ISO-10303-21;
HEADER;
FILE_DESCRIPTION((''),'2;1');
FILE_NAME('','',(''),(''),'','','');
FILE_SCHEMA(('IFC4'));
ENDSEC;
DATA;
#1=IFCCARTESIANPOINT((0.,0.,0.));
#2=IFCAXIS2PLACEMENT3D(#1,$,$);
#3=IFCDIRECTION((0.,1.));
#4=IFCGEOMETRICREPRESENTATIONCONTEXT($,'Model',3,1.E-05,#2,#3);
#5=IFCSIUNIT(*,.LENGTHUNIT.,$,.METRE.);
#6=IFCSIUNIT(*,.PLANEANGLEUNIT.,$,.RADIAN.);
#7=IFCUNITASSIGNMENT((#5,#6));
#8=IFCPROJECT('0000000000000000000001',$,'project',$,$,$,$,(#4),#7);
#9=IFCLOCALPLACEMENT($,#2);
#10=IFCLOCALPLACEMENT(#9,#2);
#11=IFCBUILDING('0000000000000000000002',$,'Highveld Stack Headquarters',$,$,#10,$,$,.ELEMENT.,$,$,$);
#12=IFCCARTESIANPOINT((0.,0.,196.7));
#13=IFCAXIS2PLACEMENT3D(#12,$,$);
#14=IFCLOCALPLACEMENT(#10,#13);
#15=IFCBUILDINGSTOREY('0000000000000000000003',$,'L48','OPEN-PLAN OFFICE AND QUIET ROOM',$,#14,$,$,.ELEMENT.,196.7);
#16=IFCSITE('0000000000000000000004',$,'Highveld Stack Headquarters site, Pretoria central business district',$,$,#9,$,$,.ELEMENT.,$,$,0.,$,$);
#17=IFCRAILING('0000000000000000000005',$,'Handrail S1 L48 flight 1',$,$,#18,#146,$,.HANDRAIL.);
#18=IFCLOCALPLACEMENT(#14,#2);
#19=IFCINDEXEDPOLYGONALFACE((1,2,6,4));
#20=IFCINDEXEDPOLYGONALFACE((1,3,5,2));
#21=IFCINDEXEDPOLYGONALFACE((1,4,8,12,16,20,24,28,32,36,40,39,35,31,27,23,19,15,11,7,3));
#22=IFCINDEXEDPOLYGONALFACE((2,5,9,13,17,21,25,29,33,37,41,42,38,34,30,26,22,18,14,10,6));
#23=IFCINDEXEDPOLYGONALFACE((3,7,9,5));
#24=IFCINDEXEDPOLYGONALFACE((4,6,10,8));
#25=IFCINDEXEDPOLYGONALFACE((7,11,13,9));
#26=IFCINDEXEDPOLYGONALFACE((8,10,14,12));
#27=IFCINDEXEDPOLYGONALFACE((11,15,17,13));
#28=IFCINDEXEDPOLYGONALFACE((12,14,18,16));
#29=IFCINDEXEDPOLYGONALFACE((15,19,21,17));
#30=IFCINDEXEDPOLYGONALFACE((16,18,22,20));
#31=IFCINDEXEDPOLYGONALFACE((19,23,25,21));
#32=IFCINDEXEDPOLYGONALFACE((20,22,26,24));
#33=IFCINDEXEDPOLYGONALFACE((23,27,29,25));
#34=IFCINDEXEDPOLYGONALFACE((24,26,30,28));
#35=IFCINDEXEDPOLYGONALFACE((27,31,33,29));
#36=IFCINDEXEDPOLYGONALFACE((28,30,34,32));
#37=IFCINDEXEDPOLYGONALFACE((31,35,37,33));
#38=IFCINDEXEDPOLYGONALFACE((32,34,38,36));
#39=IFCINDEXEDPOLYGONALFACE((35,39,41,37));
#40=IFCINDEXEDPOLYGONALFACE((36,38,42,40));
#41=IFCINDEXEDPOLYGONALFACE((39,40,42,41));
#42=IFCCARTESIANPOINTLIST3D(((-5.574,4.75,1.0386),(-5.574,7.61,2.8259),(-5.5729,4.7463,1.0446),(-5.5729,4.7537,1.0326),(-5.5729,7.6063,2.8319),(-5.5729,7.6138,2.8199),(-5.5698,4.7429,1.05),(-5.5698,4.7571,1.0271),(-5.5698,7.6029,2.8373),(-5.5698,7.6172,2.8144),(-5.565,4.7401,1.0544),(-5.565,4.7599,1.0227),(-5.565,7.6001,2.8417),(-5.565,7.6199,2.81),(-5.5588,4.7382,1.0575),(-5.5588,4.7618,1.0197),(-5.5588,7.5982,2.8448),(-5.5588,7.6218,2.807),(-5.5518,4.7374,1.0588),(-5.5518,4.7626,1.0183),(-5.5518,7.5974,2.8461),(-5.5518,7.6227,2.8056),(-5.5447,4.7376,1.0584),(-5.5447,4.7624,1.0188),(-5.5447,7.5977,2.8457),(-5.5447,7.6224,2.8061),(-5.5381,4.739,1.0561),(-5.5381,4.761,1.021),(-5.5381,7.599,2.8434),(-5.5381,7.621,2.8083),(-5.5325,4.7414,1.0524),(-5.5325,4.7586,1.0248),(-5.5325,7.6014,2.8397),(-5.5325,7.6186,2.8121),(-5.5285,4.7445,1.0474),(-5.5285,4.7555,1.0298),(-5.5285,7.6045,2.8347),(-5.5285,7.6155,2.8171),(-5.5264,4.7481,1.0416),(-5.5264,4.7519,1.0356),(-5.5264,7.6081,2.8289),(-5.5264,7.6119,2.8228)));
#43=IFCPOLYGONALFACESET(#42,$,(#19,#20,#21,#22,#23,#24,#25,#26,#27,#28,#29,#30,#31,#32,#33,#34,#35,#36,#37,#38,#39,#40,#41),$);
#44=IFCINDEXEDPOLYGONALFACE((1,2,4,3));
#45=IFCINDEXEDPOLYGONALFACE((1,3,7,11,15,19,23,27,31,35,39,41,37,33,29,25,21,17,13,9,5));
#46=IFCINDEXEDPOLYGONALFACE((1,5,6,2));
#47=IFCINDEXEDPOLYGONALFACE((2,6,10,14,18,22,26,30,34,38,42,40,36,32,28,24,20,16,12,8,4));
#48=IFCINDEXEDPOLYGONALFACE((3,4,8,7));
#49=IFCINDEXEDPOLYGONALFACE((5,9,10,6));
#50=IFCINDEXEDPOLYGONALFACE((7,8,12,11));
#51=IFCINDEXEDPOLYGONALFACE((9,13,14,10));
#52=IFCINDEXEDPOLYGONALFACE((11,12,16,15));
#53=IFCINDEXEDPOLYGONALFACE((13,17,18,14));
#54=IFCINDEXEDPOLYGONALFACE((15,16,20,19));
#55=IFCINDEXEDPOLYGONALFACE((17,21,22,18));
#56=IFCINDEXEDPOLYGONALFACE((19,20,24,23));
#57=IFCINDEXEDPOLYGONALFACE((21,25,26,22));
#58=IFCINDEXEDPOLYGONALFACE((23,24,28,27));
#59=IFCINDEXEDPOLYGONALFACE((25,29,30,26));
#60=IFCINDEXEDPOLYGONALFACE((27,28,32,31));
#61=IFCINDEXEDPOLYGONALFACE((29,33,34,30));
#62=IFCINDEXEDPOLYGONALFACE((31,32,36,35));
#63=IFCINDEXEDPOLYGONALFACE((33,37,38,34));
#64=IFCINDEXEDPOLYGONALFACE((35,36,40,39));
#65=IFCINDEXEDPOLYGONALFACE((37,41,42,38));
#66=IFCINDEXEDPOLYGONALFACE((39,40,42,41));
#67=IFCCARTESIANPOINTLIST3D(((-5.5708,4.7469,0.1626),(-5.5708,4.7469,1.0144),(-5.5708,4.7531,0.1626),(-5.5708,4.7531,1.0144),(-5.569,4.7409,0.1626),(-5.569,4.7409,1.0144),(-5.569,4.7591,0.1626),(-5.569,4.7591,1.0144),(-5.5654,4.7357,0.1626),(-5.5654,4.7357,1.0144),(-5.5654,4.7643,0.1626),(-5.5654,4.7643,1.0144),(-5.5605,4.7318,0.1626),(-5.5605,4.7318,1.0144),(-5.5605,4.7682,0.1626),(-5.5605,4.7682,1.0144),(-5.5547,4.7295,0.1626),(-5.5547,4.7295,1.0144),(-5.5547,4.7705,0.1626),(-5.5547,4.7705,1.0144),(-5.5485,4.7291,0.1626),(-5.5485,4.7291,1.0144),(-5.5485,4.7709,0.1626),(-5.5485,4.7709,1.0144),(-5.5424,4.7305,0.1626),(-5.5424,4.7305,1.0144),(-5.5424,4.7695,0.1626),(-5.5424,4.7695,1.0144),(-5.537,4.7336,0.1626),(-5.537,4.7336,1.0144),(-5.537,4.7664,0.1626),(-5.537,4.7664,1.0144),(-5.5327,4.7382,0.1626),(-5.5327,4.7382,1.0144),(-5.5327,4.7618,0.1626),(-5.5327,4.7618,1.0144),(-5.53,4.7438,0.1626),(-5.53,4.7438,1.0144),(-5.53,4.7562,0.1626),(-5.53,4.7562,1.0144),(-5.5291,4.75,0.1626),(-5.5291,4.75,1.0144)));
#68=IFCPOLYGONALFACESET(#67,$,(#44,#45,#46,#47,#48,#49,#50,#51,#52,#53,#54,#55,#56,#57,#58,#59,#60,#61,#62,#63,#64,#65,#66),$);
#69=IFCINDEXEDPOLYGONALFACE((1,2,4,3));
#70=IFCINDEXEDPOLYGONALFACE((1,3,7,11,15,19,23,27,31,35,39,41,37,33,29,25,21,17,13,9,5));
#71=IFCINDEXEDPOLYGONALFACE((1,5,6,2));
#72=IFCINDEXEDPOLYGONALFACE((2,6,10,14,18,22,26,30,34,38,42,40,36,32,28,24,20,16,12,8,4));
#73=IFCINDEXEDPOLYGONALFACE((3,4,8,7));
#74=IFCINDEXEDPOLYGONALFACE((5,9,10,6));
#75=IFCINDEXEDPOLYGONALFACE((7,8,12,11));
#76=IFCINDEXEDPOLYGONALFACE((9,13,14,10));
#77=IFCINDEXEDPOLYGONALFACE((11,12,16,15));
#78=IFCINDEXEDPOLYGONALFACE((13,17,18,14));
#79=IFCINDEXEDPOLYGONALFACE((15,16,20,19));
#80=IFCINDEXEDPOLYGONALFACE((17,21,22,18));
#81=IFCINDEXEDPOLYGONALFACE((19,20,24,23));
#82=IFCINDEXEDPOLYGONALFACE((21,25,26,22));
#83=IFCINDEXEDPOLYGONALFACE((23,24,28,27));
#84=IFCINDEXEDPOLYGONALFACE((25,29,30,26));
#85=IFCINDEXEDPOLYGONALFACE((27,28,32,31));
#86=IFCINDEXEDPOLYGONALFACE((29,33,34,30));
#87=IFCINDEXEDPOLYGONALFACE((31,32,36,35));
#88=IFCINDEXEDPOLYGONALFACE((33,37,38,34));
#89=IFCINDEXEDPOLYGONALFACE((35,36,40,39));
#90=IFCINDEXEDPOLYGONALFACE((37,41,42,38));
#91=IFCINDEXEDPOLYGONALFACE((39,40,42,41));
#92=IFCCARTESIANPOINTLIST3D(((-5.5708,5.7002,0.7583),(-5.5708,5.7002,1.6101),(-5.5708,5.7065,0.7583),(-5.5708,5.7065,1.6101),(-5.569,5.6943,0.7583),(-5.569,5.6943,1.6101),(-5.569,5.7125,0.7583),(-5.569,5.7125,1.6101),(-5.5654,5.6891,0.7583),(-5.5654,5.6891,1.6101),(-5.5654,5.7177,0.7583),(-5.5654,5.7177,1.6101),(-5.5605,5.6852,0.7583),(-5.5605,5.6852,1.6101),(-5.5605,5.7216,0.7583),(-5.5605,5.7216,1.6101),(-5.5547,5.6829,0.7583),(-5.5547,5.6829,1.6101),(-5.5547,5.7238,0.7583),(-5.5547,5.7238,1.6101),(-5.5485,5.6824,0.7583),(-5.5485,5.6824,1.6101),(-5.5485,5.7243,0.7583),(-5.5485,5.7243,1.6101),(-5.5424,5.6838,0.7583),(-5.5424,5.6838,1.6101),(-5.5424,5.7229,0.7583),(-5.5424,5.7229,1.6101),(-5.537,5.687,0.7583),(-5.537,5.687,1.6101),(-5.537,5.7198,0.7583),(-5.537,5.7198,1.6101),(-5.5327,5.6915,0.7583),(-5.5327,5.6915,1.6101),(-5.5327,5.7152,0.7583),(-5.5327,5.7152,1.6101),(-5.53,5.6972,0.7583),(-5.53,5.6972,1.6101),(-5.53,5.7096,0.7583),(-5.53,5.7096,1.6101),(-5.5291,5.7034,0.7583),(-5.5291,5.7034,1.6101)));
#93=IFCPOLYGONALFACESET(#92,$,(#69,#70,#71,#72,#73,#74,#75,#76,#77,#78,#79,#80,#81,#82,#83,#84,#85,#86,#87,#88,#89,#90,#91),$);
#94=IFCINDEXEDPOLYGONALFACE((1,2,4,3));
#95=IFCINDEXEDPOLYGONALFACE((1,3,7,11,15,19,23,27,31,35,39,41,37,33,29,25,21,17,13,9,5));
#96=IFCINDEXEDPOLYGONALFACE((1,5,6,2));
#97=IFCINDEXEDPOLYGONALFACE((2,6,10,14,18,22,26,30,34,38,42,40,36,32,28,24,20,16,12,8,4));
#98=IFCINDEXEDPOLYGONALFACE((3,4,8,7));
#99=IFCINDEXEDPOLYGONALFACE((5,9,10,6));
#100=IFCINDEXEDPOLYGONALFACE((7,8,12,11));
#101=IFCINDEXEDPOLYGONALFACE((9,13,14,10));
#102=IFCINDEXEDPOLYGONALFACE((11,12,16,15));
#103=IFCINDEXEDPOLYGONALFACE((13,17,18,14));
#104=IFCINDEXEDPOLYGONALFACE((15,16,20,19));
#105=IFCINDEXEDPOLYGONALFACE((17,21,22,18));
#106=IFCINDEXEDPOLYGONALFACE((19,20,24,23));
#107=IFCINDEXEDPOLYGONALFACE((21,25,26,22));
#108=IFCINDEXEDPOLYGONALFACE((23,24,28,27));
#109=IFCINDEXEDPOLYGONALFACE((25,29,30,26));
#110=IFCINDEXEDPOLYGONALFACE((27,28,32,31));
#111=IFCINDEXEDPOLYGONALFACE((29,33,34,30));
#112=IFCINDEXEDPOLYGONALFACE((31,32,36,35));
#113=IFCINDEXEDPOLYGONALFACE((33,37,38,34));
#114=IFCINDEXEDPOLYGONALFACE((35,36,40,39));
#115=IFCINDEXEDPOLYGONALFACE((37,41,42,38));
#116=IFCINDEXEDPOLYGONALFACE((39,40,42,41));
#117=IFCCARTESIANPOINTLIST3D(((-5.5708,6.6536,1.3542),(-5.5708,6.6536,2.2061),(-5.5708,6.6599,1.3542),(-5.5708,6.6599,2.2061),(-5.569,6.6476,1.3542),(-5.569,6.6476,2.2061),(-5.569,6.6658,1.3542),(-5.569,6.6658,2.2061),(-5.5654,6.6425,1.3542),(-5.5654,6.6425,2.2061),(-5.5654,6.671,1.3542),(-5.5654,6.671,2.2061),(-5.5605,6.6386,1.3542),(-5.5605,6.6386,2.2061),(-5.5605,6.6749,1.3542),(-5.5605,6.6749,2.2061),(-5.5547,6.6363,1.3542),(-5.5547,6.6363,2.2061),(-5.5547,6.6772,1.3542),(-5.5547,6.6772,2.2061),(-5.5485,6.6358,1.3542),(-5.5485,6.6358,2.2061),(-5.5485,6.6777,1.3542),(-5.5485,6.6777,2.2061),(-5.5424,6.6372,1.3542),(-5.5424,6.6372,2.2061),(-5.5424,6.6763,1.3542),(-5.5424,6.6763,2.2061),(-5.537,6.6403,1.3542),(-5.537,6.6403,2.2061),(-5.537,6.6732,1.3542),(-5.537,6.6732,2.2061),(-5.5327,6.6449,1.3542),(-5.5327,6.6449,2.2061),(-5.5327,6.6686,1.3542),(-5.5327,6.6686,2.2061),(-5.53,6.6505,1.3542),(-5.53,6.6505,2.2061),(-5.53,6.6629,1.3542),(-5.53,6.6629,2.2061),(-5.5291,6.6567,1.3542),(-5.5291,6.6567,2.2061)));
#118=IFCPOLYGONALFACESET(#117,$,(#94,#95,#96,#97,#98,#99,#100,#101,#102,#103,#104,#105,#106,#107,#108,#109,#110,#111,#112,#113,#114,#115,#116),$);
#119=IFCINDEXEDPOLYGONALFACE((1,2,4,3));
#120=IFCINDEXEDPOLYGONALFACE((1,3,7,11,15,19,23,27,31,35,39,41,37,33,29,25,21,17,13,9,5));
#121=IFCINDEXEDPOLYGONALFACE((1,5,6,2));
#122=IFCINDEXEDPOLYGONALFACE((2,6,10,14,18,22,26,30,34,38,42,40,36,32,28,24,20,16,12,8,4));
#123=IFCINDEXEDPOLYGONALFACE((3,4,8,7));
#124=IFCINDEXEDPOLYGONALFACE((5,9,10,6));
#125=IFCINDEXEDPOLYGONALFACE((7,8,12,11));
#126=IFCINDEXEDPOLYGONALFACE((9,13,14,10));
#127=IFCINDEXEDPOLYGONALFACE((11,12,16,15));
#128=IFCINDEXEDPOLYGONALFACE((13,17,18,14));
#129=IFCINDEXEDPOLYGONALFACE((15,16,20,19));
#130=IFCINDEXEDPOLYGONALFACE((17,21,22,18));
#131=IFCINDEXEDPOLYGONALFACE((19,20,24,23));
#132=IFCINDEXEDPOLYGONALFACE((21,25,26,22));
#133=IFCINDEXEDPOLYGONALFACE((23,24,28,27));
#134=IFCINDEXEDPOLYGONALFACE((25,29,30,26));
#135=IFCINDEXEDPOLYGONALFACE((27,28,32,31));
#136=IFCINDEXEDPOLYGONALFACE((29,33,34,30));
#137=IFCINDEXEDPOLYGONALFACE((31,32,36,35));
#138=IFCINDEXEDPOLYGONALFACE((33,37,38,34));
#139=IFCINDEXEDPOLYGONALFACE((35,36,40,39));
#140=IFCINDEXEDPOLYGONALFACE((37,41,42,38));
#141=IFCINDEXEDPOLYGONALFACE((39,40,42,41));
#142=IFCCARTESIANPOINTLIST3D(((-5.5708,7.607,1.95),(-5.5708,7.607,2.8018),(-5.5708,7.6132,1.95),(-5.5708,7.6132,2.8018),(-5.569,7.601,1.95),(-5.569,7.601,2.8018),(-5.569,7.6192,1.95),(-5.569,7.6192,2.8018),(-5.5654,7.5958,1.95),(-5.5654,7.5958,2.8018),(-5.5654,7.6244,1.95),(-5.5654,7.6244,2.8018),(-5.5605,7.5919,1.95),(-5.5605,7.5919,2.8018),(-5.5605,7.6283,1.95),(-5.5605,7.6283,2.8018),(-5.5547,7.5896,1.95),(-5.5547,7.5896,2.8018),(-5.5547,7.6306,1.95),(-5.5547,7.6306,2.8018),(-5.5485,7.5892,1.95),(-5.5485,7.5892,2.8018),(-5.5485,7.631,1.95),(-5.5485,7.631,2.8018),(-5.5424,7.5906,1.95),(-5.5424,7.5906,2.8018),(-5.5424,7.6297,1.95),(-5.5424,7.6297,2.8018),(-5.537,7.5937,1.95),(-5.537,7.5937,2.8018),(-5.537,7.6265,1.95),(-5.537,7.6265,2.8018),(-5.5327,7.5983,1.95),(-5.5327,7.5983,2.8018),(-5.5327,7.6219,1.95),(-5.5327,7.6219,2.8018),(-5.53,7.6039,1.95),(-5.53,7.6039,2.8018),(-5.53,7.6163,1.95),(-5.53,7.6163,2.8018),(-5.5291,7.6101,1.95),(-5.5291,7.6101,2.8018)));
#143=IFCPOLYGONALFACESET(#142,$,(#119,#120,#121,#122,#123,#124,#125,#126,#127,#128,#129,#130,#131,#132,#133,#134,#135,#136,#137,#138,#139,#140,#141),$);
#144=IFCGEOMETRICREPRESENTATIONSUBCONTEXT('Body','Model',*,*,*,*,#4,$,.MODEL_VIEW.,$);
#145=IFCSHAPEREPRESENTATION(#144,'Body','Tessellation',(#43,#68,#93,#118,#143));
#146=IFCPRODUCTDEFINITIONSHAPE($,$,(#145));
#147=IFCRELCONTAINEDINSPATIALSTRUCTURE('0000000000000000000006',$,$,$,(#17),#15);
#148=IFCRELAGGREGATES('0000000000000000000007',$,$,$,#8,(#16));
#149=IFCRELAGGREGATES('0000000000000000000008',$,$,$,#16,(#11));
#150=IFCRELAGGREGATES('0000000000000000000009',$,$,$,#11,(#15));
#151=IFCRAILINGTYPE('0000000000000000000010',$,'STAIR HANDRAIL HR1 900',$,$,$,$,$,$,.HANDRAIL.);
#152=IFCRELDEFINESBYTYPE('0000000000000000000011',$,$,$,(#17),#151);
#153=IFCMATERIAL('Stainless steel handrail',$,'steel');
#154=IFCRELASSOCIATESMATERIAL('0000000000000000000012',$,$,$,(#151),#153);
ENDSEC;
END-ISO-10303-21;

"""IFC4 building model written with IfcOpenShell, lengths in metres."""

from ifc_helpers import new_model, si_unit, direction, frame, origin, origin_2d, place, context, subcontext, project, spatial, circle, extrude, material, type_object, element, save


model = new_model("IFC4")

# Units and contexts
model_context = context("Model", 3, precision=1e-05, world=origin(), true_north=direction((0.0, 1.0)))
body_context = subcontext(model_context, "Body", "Model", "MODEL_VIEW")
ifc_project = project(units=[si_unit("LENGTHUNIT", "METRE"), si_unit("PLANEANGLEUNIT", "RADIAN")], contexts=[model_context])

# Site, building, storey
site_placement = place(None, origin())
site = spatial("IfcSite", under=ifc_project, at=site_placement, Name="Highveld Stack Headquarters site, Pretoria central business district", CompositionType="ELEMENT", RefElevation=0.0)
building_placement = place(site_placement, origin())
building = spatial("IfcBuilding", under=site, at=building_placement, Name="Highveld Stack Headquarters", CompositionType="ELEMENT")
storey_placement = place(building_placement, frame((0.0, 0.0, 196.7)))
storey = spatial("IfcBuildingStorey", under=building, at=storey_placement, Name="L48", Description="OPEN-PLAN OFFICE AND QUIET ROOM", CompositionType="ELEMENT", Elevation=196.7)

# Railing
ifc_material_1 = material(Name="Stainless steel handrail", Category="steel")
railing_type = type_object("IfcRailingType", Name="STAIR HANDRAIL HR1 900", PredefinedType="HANDRAIL", material=ifc_material_1)
for number, where, name in (
    (1, (-5.55, 4.75, 0.1626), "Handrail S1 L48 flight 1"),
):
    element("IfcRailing", number, at=place(storey_placement, frame(where)), inside=storey, type_object=railing_type, Name=name, PredefinedType="HANDRAIL", context=body_context, shape_type="SweptSolid", body=[
        extrude(circle(Radius=0.0239, at=origin_2d()), frame((0.0, 0.0, 0.876), z_axis=(0.0, 0.848027, 0.529953), x_axis=(-1.0, 0.0, 0.0)), (0.0, 0.0, 1.0), 3.3726),
        extrude(circle(Radius=0.021, at=origin_2d()), origin(), (0.0, 0.0, 1.0), 0.8518),
        extrude(circle(Radius=0.021, at=origin_2d()), frame((0.0, 0.9534, 0.5957)), (0.0, 0.0, 1.0), 0.8518),
        extrude(circle(Radius=0.021, at=origin_2d()), frame((0.0, 1.9067, 1.1917)), (0.0, 0.0, 1.0), 0.8518),
        extrude(circle(Radius=0.021, at=origin_2d()), frame((0.0, 2.8601, 1.7874)), (0.0, 0.0, 1.0), 0.8518),
    ])

save(model, "model.ifc")
